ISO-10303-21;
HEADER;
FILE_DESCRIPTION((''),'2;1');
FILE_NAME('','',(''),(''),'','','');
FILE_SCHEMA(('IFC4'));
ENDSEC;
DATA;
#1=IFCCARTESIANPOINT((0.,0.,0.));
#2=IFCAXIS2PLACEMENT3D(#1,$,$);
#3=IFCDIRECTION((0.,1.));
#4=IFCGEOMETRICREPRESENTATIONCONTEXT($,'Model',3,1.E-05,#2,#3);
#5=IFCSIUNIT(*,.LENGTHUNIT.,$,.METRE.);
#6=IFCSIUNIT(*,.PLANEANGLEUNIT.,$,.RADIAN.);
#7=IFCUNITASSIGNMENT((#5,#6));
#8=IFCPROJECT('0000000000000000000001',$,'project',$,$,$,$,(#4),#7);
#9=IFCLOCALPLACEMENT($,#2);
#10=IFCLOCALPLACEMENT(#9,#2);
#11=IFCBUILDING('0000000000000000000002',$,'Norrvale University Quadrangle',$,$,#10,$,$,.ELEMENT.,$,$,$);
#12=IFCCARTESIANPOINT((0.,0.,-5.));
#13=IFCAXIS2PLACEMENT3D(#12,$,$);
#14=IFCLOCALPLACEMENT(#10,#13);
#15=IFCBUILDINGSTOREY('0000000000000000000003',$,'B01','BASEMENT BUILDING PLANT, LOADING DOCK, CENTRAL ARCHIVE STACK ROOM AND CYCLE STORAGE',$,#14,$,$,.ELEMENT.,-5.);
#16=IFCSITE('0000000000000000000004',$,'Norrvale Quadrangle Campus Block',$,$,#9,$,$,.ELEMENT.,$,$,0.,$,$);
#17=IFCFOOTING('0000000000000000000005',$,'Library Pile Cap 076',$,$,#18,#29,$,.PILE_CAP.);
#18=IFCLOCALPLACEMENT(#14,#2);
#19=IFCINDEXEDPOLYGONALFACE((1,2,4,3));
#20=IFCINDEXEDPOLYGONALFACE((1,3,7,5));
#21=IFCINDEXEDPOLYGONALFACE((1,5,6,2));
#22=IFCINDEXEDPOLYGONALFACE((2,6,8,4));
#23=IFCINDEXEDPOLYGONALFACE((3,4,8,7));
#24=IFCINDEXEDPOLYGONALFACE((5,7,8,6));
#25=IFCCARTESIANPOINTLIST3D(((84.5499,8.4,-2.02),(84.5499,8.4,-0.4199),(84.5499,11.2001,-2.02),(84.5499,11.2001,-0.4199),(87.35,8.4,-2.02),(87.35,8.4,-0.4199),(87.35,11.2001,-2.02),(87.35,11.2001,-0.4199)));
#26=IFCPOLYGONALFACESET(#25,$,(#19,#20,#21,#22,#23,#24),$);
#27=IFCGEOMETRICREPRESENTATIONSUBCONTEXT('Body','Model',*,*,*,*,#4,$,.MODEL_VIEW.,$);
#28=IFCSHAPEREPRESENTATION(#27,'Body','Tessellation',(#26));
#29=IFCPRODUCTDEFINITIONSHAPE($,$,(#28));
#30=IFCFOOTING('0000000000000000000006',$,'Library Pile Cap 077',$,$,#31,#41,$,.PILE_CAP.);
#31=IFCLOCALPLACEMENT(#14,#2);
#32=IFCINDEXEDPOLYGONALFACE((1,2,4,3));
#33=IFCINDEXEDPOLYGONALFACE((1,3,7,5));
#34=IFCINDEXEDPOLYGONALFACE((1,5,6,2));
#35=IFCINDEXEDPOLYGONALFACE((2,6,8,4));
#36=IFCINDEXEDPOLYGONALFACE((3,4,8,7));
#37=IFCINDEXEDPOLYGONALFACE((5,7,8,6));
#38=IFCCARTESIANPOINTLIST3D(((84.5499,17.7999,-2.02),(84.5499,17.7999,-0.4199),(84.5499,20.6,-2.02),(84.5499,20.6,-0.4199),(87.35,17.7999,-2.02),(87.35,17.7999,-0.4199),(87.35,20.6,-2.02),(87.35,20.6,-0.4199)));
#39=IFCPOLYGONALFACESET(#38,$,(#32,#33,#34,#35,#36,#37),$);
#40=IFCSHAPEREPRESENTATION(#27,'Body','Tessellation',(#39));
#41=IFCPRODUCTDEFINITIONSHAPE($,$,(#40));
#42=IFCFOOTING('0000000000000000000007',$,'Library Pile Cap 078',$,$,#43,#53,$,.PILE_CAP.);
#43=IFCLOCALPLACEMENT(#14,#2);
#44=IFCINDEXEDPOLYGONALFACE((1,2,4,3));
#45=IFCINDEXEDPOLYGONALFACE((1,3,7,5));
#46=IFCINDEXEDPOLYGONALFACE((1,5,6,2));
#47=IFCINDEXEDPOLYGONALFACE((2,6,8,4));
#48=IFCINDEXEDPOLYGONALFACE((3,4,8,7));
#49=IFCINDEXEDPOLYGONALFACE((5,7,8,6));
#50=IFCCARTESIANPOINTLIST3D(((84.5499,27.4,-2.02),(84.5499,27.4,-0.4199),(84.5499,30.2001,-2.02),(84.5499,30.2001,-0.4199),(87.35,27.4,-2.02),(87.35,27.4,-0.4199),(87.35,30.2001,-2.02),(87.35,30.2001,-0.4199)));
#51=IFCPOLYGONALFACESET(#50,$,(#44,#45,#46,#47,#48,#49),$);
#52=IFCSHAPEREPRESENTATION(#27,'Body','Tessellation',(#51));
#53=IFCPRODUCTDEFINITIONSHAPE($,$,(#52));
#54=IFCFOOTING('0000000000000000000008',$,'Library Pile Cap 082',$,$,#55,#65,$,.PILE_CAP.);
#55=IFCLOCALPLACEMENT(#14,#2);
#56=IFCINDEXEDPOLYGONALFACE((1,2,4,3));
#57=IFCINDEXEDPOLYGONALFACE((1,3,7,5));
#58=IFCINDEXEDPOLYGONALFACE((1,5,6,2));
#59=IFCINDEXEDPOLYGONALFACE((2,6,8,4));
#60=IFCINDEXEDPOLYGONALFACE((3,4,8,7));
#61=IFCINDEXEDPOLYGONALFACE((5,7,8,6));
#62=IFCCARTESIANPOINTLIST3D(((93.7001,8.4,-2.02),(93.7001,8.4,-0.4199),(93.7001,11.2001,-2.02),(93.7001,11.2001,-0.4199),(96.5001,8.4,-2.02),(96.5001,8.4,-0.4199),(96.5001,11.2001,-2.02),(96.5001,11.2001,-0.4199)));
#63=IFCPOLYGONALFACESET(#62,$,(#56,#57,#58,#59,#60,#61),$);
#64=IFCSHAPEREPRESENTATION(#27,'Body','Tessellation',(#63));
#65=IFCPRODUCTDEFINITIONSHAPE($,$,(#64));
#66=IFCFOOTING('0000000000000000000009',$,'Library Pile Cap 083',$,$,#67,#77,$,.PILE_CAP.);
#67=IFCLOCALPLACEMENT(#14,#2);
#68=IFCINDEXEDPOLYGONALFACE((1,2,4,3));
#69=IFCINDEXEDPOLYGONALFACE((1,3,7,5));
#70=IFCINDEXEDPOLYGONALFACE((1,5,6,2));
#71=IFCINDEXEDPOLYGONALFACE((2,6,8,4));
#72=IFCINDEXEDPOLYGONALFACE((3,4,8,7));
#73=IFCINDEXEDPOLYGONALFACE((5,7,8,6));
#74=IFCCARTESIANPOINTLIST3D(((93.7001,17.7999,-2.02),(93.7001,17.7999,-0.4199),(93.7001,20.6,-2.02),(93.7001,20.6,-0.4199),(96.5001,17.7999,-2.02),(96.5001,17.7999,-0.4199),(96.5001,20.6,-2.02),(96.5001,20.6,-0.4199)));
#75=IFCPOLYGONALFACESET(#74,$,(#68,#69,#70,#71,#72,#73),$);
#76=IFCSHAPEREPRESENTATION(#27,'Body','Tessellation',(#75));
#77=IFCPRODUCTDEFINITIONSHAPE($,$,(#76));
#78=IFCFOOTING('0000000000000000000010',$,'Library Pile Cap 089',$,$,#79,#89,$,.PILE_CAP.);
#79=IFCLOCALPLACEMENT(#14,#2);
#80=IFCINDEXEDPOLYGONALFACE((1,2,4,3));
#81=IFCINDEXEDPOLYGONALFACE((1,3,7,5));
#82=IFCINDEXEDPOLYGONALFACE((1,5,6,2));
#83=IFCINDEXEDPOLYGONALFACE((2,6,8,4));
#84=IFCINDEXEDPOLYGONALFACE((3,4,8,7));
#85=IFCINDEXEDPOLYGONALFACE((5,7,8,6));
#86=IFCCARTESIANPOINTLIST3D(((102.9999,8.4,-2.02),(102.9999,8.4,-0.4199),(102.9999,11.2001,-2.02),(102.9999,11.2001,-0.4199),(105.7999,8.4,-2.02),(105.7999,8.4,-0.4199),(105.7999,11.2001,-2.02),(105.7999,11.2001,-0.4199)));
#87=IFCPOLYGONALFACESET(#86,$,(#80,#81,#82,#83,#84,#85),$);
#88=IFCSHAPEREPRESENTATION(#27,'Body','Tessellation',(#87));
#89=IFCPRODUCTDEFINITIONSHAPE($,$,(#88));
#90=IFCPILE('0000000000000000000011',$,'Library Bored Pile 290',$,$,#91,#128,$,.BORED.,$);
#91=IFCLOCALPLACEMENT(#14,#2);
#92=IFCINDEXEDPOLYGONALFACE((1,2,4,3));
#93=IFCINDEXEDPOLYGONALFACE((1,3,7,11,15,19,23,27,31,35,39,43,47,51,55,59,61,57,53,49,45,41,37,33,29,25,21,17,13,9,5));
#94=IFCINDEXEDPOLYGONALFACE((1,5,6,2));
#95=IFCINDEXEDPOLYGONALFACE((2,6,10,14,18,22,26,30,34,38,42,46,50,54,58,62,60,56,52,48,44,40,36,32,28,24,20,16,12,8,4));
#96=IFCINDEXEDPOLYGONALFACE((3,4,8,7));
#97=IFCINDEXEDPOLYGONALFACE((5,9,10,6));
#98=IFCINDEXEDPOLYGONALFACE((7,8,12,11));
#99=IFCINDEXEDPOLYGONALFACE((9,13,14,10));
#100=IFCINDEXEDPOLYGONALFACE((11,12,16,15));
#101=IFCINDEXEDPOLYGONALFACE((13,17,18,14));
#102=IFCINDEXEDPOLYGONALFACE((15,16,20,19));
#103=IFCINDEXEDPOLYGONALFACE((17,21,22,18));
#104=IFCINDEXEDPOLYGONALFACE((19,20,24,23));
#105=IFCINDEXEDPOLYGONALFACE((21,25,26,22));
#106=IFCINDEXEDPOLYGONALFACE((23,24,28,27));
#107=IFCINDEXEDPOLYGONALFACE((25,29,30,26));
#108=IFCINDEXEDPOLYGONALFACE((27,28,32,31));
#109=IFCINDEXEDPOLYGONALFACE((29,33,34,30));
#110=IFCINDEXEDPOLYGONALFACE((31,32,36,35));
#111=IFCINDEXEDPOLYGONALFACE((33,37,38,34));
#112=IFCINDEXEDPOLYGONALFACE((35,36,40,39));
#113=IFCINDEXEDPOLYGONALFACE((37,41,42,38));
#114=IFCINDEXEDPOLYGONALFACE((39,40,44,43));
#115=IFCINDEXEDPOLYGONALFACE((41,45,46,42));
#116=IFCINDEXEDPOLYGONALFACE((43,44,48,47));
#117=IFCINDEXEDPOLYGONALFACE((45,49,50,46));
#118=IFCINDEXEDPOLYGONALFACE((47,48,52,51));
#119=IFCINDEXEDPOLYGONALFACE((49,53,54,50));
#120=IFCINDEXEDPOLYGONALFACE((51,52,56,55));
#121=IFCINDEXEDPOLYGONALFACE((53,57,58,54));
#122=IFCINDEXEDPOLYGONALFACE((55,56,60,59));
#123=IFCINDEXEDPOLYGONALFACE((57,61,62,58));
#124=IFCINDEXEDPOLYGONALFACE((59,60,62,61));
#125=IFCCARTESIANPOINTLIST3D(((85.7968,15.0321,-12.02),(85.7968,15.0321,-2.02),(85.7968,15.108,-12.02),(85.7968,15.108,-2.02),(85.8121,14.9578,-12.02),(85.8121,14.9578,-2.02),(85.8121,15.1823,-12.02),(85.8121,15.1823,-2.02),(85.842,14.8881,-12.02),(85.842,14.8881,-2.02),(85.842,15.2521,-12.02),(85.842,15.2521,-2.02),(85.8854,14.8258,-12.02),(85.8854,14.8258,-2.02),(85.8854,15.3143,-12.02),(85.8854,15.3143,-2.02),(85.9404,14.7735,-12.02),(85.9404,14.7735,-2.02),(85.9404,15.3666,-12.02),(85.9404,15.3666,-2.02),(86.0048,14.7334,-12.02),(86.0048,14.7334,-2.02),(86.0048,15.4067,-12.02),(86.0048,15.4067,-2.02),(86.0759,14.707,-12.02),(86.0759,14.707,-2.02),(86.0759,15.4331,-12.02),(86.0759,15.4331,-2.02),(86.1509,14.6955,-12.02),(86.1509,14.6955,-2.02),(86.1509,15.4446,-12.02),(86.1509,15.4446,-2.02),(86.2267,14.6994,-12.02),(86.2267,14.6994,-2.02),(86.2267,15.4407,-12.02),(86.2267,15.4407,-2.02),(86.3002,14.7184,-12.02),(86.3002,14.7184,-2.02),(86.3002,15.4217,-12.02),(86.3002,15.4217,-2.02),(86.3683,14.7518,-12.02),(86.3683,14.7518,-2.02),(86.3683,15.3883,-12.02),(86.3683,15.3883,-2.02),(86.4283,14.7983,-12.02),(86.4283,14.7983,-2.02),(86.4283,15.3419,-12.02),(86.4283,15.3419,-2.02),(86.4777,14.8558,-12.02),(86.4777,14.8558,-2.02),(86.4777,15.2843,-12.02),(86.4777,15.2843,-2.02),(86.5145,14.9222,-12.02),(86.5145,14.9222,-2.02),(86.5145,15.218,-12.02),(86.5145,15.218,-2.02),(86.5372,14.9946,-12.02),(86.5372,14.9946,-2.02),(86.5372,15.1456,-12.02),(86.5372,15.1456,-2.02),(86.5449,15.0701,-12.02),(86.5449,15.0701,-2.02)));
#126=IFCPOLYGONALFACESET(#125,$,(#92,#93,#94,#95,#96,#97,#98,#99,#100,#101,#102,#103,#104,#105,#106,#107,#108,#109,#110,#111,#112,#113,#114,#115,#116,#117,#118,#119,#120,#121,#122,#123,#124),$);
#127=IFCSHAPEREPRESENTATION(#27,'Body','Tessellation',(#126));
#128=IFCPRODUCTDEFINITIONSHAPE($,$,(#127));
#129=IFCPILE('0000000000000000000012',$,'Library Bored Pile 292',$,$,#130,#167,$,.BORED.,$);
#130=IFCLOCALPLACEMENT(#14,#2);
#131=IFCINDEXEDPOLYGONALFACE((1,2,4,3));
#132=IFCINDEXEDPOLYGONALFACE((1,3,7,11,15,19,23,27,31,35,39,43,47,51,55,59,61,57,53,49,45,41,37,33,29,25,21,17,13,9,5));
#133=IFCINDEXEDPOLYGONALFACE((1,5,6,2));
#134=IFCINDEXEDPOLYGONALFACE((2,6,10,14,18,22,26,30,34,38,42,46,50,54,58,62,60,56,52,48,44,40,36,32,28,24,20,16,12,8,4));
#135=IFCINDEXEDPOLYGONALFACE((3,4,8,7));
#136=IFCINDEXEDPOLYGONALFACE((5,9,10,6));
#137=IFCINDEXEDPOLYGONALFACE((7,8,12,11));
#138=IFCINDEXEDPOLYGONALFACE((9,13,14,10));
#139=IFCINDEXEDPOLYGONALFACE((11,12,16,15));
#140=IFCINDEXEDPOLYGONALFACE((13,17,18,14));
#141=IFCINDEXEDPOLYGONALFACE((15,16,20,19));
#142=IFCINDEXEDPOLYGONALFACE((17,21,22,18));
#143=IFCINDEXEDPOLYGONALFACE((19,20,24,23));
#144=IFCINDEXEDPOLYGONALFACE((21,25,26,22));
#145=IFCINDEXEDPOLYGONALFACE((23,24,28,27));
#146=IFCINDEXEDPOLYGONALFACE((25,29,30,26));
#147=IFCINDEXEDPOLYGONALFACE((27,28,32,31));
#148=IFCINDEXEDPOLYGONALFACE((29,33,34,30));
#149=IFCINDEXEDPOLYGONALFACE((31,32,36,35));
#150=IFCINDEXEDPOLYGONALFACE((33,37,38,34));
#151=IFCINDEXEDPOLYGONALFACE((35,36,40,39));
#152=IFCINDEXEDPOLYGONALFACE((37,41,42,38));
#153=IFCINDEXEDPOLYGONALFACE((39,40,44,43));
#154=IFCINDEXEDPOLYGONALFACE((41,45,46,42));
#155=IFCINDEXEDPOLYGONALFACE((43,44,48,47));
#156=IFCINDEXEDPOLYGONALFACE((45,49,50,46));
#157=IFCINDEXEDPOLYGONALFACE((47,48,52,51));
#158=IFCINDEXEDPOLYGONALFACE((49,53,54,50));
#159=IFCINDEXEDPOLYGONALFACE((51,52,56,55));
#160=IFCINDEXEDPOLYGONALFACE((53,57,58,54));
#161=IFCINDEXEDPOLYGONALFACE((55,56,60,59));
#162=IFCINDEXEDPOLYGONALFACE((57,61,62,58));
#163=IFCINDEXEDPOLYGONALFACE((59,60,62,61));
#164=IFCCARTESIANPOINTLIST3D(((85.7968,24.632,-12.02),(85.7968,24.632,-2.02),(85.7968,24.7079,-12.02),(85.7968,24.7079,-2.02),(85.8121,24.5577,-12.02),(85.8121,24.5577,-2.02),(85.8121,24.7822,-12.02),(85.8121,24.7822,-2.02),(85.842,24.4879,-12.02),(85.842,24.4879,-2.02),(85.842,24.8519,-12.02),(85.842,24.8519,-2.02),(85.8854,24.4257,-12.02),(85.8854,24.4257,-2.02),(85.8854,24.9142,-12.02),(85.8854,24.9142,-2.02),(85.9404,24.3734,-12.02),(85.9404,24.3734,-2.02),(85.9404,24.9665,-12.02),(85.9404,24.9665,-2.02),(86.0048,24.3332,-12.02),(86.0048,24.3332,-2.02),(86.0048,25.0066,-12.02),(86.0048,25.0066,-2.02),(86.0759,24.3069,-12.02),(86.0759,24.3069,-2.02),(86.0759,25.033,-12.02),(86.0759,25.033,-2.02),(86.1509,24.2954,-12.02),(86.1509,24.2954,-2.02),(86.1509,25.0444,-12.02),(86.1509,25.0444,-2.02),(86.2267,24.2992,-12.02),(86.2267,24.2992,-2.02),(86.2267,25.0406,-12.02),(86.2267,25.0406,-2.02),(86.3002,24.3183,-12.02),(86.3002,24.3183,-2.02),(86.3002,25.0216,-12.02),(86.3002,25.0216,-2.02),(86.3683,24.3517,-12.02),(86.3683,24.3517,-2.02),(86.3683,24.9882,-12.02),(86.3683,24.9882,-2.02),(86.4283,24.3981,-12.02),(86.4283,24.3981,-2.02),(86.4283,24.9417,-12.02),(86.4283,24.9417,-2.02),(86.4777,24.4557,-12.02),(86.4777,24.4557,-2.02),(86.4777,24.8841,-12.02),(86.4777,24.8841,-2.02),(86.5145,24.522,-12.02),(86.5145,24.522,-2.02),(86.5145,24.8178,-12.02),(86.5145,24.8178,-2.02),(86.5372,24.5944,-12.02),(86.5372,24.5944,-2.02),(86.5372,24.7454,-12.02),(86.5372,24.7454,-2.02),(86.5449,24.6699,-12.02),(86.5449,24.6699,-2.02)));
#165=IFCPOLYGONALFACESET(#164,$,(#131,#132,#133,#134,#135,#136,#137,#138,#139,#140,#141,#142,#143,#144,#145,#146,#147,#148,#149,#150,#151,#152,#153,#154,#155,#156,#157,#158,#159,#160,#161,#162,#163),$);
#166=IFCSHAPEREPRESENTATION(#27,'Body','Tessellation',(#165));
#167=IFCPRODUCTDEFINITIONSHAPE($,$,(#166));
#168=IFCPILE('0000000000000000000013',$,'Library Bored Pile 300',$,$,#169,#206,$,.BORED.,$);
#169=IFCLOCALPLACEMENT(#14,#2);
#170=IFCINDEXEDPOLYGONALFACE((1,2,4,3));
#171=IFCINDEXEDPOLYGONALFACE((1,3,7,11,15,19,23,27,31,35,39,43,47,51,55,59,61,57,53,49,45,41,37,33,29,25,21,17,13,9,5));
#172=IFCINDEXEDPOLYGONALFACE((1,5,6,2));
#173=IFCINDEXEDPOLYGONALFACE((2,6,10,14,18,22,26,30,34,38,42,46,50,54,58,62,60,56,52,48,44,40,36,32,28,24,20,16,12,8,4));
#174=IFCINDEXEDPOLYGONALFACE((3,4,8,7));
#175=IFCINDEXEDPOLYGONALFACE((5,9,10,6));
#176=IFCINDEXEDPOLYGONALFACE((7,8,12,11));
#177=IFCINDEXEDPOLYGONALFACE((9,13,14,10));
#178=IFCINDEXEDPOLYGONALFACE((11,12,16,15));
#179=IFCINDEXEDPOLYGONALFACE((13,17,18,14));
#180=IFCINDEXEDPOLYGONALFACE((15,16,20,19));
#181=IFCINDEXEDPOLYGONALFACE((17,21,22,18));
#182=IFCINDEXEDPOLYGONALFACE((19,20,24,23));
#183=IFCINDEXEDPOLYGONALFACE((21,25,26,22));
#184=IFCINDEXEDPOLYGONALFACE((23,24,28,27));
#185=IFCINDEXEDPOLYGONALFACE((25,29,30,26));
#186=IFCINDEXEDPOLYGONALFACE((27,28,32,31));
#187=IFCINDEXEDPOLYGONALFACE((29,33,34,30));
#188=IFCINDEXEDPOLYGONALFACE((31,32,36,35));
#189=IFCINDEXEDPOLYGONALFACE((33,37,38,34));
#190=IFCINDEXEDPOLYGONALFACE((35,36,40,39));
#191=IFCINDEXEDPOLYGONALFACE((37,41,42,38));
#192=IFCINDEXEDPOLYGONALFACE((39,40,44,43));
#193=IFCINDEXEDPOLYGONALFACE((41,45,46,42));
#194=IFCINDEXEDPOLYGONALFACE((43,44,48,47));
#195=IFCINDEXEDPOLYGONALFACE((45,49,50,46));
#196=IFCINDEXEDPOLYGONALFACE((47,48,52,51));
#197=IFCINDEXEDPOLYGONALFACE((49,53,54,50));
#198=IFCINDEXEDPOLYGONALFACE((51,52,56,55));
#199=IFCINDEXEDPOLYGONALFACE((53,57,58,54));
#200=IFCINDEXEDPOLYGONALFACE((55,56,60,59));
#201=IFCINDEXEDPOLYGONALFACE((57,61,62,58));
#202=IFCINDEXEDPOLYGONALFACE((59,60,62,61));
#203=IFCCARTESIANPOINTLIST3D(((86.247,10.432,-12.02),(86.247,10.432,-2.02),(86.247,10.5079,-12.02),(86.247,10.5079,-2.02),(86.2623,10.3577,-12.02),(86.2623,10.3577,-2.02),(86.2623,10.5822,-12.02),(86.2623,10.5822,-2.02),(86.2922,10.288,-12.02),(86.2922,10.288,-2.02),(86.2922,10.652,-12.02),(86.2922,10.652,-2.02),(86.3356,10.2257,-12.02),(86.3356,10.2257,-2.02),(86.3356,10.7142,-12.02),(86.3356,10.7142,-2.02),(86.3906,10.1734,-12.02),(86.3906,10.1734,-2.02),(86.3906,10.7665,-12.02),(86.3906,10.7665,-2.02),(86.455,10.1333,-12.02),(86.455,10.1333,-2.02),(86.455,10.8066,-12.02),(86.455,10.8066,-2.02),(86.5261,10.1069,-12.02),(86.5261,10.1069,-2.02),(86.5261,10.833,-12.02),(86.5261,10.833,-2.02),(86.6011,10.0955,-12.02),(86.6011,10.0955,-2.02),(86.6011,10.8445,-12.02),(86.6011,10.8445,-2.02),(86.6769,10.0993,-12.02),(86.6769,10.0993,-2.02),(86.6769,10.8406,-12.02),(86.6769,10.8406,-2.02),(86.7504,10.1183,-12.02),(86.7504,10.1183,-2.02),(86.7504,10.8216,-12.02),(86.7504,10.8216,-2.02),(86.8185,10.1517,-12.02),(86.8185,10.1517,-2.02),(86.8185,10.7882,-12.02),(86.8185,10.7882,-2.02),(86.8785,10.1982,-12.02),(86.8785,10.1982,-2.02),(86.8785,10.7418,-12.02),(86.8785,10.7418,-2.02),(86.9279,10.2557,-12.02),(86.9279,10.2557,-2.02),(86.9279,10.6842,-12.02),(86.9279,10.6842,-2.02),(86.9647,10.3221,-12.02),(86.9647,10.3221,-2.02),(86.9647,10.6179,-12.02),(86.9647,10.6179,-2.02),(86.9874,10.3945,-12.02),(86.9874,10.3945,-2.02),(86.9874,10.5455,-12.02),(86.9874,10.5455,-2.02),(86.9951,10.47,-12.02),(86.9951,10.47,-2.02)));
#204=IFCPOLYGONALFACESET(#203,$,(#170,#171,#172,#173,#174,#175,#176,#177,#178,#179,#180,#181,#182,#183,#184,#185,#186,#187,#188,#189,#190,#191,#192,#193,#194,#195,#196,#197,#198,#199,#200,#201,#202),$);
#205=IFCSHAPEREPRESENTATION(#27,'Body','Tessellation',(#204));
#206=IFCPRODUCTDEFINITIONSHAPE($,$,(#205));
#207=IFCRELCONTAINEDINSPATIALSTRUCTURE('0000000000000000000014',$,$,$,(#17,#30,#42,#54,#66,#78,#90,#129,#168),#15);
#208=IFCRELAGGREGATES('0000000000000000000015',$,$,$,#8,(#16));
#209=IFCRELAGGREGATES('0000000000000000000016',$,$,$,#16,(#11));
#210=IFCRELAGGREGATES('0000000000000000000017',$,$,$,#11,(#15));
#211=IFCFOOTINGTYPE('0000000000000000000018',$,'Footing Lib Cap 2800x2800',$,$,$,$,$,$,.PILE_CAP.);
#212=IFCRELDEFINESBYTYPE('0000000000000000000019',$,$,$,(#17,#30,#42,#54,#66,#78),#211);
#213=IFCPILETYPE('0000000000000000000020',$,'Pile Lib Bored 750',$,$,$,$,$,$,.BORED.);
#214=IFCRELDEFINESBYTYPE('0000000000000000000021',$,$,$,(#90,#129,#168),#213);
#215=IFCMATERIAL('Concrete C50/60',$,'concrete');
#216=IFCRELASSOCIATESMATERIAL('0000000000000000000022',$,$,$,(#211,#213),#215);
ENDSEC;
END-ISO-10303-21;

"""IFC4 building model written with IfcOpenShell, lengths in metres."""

from ifc_helpers import new_model, si_unit, direction, frame, origin, origin_2d, place, context, subcontext, project, spatial, rectangle, circle, extrude, material, material_profile, profile_set, type_object, element, save


model = new_model("IFC4")

# Units and contexts
model_context = context("Model", 3, precision=1e-05, world=origin(), true_north=direction((0.0, 1.0)))
body_context = subcontext(model_context, "Body", "Model", "MODEL_VIEW")
ifc_project = project(units=[si_unit("LENGTHUNIT", "METRE"), si_unit("PLANEANGLEUNIT", "RADIAN")], contexts=[model_context])

# Site, building, storey
site_placement = place(None, origin())
site = spatial("IfcSite", under=ifc_project, at=site_placement, Name="Norrvale Quadrangle Campus Block", CompositionType="ELEMENT", RefElevation=0.0)
building_placement = place(site_placement, origin())
building = spatial("IfcBuilding", under=site, at=building_placement, Name="Norrvale University Quadrangle", CompositionType="ELEMENT")
storey_placement = place(building_placement, frame((0.0, 0.0, -5.0)))
storey = spatial("IfcBuildingStorey", under=building, at=storey_placement, Name="B01", Description="BASEMENT BUILDING PLANT, LOADING DOCK, CENTRAL ARCHIVE STACK ROOM AND CYCLE STORAGE", CompositionType="ELEMENT", Elevation=-5.0)

# Footings
ifc_material_1 = material(Name="Concrete C50/60", Category="concrete")
footing_type = type_object("IfcFootingType", Name="Footing Lib Cap 2800x2800", PredefinedType="PILE_CAP", material=ifc_material_1)
for number, where, z_axis, x_axis, name in (
    (1, (85.95, 9.8, -2.02), (0.0, 0.0, 1.0), (1.0, 0.0, 0.0), "Library Pile Cap 076"),
    (2, (85.95, 19.2, -2.02), (0.0, 0.0, 1.0), (1.0, 0.0, 0.0), "Library Pile Cap 077"),
    (3, (85.95, 28.8, -2.02), (0.0, 0.0, 1.0), (1.0, 0.0, 0.0), "Library Pile Cap 078"),
    (4, (95.1001, 9.8, -2.02), (0.0, 0.0, 1.0), (1.0, 0.0, 0.0), "Library Pile Cap 082"),
    (5, (95.1001, 19.2, -2.02), (0.0, 0.0, 1.0), (1.0, 0.0, 0.0), "Library Pile Cap 083"),
    (6, (104.3999, 9.8, -2.02), (0.0, 0.0, 1.0), (1.0, 0.0, 0.0), "Library Pile Cap 089"),
):
    element("IfcFooting", number, at=place(storey_placement, frame(where, z_axis=z_axis, x_axis=x_axis)), inside=storey, type_object=footing_type, Name=name, PredefinedType="PILE_CAP", context=body_context, shape_type="SweptSolid", body=[
        extrude(rectangle(XDim=2.8, YDim=2.8, at=origin_2d()), origin(), (0.0, 0.0, 1.0), 1.6001),
    ])

# Piles
ifc_material_profile_1 = material_profile(ifc_material_1, circle(Radius=0.375, at=origin_2d()), Name="Concrete C50/60")
ifc_profile_set_1 = profile_set([ifc_material_profile_1], Name="Concrete C50/60")
pile_type = type_object("IfcPileType", Name="Pile Lib Bored 750", PredefinedType="BORED", material=ifc_profile_set_1)
for number, where, z_axis, x_axis, name in (
    (7, (86.1699, 15.0701, -2.02), (0.0, 0.0, -1.0), (1.0, 0.0, 0.0), "Library Bored Pile 290"),
    (8, (86.1699, 24.6699, -2.02), (0.0, 0.0, -1.0), (1.0, 0.0, 0.0), "Library Bored Pile 292"),
    (9, (86.6201, 10.47, -2.02), (0.0, 0.0, -1.0), (1.0, 0.0, 0.0), "Library Bored Pile 300"),
):
    element("IfcPile", number, at=place(storey_placement, frame(where, z_axis=z_axis, x_axis=x_axis)), inside=storey, type_object=pile_type, Name=name, PredefinedType="BORED", context=body_context, shape_type="SweptSolid", body=[
        extrude(circle(Radius=0.375, at=origin_2d()), origin(), (0.0, 0.0, 1.0), 10.0),
    ])

save(model, "model.ifc")
